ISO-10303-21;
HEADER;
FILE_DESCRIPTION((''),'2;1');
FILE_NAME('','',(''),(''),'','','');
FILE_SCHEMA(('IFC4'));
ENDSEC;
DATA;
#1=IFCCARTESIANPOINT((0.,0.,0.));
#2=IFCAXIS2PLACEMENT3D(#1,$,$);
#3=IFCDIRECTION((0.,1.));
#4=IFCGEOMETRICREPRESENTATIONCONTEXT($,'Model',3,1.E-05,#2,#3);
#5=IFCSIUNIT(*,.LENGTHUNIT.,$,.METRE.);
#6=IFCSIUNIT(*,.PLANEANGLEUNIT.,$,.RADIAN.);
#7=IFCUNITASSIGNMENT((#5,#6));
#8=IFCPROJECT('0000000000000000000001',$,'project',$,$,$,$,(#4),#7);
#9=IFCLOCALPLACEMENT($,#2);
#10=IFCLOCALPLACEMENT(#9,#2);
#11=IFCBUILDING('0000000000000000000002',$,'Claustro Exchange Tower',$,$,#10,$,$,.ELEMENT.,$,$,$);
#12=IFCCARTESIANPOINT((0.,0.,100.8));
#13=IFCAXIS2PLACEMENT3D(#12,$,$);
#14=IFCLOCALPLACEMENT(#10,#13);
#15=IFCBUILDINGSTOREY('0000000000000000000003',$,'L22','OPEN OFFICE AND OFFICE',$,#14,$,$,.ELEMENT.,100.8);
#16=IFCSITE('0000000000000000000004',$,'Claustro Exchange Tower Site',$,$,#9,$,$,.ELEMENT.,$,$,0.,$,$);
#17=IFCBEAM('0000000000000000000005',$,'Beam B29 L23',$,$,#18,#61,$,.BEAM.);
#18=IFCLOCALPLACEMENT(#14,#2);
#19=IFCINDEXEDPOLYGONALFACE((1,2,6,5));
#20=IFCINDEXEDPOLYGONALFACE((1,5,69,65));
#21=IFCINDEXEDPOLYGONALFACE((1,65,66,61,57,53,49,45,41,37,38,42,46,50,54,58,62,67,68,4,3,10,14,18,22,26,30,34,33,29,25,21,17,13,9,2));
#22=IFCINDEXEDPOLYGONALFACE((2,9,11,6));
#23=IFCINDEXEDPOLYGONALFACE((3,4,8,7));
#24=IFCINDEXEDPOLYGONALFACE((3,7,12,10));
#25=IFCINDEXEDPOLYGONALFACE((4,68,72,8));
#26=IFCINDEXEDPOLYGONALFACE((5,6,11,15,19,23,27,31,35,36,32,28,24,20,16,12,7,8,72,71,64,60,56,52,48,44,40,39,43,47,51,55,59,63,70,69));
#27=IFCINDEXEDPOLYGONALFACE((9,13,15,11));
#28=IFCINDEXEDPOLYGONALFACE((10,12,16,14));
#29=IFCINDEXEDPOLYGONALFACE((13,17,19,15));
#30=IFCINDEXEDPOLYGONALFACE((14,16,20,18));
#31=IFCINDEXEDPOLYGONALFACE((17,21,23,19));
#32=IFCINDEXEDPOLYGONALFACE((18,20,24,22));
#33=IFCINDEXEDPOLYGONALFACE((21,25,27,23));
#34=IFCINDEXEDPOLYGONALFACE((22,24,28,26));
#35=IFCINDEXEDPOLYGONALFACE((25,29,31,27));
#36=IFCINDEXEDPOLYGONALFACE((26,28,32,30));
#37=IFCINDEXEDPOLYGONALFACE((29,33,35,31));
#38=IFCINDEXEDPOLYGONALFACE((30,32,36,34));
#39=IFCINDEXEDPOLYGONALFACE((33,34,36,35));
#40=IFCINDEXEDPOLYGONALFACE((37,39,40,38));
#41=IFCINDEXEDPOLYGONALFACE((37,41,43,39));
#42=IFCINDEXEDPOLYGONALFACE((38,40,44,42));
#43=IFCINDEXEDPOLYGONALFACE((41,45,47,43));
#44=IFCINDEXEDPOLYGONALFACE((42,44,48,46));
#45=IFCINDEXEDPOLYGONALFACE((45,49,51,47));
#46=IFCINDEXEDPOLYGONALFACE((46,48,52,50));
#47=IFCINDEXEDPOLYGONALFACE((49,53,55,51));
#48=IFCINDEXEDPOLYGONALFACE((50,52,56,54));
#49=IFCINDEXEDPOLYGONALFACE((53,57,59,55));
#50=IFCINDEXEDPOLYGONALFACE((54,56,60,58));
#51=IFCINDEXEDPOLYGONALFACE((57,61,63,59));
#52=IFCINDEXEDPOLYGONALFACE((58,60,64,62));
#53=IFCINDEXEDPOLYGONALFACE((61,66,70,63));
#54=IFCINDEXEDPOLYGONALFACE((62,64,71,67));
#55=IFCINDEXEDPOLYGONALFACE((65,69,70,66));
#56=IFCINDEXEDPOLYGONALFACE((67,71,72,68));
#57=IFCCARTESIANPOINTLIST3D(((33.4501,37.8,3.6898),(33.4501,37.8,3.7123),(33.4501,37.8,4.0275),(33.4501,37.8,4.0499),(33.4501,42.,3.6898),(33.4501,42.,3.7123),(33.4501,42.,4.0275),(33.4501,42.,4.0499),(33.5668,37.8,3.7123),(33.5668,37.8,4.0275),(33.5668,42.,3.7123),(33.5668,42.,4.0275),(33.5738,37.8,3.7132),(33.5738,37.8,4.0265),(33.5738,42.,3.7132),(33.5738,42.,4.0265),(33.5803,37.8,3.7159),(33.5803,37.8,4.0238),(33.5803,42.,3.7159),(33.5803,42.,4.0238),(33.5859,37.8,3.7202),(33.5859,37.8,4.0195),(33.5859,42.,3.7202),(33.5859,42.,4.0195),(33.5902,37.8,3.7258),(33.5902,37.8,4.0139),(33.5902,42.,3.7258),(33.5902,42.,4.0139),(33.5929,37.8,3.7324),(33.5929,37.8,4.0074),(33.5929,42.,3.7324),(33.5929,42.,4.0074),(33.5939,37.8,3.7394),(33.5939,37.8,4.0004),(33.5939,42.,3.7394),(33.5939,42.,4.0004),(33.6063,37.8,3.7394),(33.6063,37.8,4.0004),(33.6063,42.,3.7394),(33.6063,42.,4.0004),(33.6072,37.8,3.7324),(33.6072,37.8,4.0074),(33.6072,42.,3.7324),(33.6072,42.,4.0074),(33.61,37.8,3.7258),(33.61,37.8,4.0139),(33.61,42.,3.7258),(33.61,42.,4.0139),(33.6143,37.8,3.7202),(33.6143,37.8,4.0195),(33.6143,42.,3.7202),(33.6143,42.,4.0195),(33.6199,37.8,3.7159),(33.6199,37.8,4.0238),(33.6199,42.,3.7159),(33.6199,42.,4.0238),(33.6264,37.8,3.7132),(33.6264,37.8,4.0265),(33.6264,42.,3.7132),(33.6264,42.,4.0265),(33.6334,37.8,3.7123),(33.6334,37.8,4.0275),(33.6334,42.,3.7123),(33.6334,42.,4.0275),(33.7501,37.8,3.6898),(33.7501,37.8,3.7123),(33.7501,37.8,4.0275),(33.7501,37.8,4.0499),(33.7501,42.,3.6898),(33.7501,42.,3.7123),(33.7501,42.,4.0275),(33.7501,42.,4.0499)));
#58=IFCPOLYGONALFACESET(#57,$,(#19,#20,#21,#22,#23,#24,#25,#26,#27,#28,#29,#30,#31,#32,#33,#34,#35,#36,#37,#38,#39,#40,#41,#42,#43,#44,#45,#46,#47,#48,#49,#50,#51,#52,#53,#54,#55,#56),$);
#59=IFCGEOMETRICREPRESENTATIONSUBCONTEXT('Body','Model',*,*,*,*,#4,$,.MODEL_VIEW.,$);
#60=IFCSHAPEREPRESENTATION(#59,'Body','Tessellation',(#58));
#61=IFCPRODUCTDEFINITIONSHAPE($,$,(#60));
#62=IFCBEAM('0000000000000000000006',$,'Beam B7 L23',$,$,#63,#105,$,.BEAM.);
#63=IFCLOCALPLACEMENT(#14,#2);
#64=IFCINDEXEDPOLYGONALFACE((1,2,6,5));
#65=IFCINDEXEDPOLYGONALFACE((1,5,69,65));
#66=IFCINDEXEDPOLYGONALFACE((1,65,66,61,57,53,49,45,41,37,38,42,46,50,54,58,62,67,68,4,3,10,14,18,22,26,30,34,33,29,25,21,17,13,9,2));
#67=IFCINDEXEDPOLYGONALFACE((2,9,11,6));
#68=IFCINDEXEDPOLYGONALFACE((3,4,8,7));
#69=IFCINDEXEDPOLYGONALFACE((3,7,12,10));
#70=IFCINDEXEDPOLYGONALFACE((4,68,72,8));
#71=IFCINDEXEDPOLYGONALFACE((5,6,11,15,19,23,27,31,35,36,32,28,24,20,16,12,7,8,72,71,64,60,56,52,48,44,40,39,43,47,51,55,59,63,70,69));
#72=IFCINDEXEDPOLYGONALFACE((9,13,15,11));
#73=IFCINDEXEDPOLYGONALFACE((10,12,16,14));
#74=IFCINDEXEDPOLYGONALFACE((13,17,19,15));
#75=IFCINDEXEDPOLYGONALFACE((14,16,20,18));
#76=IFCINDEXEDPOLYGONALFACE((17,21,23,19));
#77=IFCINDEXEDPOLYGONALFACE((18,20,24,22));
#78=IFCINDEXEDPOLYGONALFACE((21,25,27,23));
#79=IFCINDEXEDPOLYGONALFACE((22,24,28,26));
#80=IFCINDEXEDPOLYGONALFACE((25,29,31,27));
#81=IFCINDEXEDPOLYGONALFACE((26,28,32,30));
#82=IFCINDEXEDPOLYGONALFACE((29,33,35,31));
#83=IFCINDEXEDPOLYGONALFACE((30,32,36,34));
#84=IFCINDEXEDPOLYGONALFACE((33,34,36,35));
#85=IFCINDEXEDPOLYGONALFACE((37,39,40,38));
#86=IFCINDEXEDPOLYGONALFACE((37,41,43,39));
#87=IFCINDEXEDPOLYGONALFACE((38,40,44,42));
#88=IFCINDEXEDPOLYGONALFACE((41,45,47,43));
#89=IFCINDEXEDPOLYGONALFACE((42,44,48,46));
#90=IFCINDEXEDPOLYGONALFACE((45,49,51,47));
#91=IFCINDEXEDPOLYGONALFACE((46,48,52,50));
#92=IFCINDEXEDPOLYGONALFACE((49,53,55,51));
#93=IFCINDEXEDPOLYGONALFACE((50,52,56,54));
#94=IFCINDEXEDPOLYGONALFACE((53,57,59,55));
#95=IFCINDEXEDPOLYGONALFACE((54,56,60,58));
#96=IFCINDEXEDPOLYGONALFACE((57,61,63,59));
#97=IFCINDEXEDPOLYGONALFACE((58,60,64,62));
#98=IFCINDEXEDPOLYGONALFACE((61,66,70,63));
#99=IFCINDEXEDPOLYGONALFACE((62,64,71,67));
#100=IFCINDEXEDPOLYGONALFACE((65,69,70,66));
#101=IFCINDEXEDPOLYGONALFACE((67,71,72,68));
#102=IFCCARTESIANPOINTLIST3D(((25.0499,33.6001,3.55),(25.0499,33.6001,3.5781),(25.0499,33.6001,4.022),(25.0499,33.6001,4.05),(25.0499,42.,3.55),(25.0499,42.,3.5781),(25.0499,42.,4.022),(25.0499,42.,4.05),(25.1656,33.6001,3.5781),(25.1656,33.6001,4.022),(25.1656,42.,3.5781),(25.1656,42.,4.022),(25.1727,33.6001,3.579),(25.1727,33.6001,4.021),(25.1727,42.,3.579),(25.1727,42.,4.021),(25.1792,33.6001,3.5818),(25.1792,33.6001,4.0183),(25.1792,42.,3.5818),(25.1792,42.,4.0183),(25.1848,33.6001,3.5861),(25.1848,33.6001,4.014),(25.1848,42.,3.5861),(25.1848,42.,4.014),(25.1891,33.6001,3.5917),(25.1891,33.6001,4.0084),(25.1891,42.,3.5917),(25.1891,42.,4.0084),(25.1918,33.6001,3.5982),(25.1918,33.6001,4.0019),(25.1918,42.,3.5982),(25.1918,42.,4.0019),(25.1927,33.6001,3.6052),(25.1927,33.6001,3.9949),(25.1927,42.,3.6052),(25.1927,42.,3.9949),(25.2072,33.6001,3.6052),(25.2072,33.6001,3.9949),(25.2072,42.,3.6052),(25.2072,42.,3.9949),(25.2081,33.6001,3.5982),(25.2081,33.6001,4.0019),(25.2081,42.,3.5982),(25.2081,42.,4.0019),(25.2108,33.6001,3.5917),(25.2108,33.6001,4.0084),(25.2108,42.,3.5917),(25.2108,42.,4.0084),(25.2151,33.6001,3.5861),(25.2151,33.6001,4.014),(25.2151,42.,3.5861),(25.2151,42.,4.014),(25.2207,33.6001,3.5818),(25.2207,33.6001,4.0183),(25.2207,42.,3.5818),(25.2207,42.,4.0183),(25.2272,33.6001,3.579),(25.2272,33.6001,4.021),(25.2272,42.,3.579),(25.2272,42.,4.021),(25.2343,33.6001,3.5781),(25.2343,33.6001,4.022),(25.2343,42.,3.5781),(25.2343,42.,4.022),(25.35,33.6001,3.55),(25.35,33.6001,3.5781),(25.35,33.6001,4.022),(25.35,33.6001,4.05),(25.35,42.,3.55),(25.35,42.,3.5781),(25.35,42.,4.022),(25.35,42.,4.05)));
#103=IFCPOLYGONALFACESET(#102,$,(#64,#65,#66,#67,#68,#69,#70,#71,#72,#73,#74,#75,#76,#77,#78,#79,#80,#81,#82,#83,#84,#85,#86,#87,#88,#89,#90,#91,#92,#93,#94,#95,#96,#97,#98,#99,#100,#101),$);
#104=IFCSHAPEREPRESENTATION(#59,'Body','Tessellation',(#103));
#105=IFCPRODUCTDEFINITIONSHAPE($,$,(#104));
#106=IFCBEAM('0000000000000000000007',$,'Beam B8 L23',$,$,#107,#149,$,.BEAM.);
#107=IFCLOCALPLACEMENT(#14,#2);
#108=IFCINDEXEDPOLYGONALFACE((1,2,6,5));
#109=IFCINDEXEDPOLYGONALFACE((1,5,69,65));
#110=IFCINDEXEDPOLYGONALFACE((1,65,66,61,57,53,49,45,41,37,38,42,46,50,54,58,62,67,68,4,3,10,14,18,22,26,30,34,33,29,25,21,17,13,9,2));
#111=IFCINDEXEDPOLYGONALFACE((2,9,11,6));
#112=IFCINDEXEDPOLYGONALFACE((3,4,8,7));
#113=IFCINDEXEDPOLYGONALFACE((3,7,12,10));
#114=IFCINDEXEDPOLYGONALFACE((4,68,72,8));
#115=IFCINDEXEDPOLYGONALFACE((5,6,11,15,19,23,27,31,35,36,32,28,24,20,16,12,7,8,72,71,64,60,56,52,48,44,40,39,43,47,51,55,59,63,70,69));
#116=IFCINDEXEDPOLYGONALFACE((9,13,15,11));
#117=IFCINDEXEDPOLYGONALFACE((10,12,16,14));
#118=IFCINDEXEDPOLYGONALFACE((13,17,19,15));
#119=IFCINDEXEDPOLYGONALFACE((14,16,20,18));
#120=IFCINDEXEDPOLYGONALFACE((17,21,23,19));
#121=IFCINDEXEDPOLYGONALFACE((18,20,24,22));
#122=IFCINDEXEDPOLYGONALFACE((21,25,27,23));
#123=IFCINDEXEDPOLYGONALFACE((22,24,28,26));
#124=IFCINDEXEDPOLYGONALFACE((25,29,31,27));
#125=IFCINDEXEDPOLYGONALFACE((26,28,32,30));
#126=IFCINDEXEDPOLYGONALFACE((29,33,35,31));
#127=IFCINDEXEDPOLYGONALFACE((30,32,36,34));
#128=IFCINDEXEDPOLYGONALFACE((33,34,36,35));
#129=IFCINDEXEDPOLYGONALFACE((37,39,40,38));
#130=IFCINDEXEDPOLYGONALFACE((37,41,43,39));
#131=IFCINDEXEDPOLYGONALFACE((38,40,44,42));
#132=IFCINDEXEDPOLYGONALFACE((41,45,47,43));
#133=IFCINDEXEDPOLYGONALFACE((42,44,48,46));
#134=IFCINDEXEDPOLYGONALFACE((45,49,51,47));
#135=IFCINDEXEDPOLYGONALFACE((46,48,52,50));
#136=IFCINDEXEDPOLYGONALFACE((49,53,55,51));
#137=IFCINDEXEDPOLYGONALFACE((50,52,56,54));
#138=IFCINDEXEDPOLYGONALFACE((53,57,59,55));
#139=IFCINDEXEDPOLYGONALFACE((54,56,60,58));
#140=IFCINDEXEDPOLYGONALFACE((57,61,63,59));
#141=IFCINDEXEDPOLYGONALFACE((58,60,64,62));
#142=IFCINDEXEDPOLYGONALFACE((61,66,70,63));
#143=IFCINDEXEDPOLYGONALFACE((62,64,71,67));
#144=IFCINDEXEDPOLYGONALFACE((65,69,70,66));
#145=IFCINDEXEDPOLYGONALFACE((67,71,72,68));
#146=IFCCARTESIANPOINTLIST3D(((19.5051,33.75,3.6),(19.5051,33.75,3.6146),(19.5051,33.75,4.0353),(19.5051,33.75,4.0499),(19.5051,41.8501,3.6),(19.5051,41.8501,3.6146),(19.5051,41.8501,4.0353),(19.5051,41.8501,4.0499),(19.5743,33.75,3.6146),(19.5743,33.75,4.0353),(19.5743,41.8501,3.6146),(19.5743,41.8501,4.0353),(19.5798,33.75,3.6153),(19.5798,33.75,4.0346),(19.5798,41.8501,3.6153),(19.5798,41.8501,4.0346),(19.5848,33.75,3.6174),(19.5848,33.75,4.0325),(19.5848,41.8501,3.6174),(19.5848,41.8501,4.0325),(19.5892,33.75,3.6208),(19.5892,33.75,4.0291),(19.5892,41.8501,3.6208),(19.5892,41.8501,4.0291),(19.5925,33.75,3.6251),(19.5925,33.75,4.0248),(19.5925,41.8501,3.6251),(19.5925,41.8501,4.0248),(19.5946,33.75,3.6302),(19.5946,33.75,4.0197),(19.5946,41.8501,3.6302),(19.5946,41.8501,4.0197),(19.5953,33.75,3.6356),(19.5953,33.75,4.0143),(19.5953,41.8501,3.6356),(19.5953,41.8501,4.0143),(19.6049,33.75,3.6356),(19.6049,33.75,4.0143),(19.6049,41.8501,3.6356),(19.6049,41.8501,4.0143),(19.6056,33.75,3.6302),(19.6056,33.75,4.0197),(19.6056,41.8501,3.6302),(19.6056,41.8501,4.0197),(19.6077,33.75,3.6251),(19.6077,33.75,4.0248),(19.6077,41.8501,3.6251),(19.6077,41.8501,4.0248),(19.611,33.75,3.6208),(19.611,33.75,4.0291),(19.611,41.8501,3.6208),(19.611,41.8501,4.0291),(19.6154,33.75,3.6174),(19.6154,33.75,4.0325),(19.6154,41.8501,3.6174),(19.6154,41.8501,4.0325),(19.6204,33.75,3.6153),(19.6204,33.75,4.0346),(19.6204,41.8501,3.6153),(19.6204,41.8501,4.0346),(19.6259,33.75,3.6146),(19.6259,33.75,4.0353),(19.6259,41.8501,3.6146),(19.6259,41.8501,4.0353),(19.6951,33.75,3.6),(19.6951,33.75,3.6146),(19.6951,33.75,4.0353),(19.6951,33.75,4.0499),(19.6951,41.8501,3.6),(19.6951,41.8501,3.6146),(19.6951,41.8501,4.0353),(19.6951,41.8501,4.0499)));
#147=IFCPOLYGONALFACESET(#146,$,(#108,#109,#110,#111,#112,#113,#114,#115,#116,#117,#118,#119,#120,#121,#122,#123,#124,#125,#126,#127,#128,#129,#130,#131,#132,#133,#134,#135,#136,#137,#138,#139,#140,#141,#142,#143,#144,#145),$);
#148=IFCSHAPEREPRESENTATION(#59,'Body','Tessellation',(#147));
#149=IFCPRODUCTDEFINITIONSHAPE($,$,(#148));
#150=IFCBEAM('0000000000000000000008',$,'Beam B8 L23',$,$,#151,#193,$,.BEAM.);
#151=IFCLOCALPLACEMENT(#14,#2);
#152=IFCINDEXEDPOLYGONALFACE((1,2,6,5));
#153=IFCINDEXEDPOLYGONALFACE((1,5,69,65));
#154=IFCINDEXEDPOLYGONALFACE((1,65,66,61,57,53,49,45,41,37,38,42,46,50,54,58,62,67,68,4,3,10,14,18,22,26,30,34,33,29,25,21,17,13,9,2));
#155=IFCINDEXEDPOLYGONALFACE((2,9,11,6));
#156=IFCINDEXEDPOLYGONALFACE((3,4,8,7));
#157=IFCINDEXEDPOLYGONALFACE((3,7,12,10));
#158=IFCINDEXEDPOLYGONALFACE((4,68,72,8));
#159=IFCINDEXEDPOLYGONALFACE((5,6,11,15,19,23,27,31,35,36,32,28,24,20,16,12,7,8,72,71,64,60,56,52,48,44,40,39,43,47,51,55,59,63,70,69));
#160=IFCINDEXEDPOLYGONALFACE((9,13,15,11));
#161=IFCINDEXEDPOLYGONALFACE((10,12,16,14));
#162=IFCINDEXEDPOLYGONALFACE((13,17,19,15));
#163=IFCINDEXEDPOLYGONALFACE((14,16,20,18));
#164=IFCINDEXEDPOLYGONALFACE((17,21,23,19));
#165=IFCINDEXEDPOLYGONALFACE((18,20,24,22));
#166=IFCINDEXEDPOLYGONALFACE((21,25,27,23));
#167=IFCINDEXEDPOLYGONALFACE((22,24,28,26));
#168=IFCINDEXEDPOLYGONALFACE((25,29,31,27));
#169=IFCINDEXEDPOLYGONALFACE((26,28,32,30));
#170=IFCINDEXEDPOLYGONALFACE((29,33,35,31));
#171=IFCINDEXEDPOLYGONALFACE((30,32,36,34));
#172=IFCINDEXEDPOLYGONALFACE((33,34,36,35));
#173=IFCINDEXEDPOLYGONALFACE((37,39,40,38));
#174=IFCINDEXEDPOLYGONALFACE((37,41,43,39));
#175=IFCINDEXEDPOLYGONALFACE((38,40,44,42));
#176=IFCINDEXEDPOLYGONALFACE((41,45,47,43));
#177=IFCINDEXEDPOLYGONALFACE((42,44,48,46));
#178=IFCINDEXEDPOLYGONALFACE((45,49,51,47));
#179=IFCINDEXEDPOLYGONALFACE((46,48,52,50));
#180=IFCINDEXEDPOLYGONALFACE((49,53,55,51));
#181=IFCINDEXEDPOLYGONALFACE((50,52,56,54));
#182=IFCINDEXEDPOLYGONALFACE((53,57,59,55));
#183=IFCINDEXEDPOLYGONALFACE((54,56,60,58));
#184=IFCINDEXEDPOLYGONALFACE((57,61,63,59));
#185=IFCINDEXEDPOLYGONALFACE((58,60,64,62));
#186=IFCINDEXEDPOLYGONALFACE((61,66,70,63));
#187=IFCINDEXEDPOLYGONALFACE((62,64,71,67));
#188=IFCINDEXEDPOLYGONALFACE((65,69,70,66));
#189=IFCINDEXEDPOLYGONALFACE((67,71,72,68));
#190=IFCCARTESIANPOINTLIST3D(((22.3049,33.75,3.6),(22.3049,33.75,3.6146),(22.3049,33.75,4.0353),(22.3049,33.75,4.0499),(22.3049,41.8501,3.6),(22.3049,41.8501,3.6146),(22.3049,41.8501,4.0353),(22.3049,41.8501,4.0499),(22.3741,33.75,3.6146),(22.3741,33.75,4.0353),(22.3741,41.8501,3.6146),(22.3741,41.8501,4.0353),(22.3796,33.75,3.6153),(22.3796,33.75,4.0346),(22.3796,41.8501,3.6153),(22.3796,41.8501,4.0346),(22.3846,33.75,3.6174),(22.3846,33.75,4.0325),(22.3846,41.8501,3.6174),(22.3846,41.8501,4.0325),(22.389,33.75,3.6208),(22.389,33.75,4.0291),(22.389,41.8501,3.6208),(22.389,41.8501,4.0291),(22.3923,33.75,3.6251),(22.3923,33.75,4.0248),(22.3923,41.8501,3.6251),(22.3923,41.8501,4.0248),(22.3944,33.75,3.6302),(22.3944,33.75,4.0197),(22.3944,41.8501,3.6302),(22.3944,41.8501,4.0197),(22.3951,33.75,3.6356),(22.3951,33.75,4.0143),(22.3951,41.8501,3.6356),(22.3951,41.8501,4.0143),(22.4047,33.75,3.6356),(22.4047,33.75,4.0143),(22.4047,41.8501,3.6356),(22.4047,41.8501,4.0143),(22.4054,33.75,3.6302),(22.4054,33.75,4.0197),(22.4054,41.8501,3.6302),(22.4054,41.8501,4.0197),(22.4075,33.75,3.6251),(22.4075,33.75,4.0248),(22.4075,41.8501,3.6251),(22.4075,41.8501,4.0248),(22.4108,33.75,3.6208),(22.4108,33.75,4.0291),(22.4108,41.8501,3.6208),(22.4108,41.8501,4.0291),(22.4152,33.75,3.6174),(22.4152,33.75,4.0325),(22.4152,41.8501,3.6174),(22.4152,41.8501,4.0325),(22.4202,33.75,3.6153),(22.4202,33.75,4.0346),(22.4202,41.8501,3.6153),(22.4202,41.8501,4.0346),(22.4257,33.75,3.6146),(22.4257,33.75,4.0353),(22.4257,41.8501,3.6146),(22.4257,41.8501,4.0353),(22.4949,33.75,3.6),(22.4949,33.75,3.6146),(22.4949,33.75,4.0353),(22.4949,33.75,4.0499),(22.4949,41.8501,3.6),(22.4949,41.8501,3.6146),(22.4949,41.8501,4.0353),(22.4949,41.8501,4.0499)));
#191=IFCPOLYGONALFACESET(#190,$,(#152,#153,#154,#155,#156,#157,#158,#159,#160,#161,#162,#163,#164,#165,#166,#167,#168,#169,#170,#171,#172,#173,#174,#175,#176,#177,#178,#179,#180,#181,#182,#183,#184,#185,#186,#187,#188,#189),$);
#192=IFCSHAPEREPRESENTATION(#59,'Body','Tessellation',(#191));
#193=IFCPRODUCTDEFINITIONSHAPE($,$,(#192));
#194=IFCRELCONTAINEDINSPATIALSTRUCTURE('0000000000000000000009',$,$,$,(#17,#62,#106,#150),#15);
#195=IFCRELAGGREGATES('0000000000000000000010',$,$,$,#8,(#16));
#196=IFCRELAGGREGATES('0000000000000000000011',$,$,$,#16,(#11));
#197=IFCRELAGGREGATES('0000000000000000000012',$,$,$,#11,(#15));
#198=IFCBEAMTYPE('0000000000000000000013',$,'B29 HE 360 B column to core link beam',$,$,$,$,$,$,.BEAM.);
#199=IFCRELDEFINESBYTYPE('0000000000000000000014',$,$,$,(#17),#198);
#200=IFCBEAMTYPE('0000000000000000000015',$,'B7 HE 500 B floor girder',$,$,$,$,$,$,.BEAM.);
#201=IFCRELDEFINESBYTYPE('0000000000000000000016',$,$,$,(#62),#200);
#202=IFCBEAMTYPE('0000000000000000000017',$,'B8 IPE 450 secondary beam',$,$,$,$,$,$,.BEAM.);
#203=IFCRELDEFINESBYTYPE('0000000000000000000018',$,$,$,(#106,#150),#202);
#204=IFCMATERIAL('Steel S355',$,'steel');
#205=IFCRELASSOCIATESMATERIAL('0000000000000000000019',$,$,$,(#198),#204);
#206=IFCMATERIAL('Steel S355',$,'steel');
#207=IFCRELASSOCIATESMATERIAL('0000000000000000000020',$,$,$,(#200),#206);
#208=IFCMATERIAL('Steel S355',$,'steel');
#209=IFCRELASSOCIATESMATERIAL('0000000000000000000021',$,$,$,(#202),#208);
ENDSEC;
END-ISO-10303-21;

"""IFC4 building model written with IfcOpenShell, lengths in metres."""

from ifc_helpers import new_model, si_unit, direction, frame, origin, origin_2d, place, context, subcontext, project, spatial, i_section, extrude, material, material_profile, profile_set, type_object, element, save


model = new_model("IFC4")

# Units and contexts
model_context = context("Model", 3, precision=1e-05, world=origin(), true_north=direction((0.0, 1.0)))
body_context = subcontext(model_context, "Body", "Model", "MODEL_VIEW")
ifc_project = project(units=[si_unit("LENGTHUNIT", "METRE"), si_unit("PLANEANGLEUNIT", "RADIAN")], contexts=[model_context])

# Site, building, storey
site_placement = place(None, origin())
site = spatial("IfcSite", under=ifc_project, at=site_placement, Name="Claustro Exchange Tower Site", CompositionType="ELEMENT", RefElevation=0.0)
building_placement = place(site_placement, origin())
building = spatial("IfcBuilding", under=site, at=building_placement, Name="Claustro Exchange Tower", CompositionType="ELEMENT")
storey_placement = place(building_placement, frame((0.0, 0.0, 100.8)))
storey = spatial("IfcBuildingStorey", under=building, at=storey_placement, Name="L22", Description="OPEN OFFICE AND OFFICE", CompositionType="ELEMENT", Elevation=100.8)

# Beams
ifc_material_1 = material(Name="Steel S355", Category="steel")
ifc_material_profile_1 = material_profile(ifc_material_1, i_section(OverallWidth=0.3, OverallDepth=0.3601, WebThickness=0.0125, FlangeThickness=0.0225, FilletRadius=0.0271, at=origin_2d()), Name="HE 360 B")
ifc_profile_set_1 = profile_set([ifc_material_profile_1], Name="Steel S355")
beam_type_1 = type_object("IfcBeamType", Name="B29 HE 360 B column to core link beam", PredefinedType="BEAM", material=ifc_profile_set_1)
beam_1_placement = place(storey_placement, frame((33.6001, 37.8, 3.8699), z_axis=(0.0, 1.0, 0.0), x_axis=(-1.0, 0.0, 0.0)))
element("IfcBeam", 1, at=beam_1_placement, inside=storey, type_object=beam_type_1, Name="Beam B29 L23", PredefinedType="BEAM", context=body_context, shape_type="SweptSolid", body=[
    extrude(i_section(OverallWidth=0.3, OverallDepth=0.3601, WebThickness=0.0125, FlangeThickness=0.0225, FilletRadius=0.0271, at=origin_2d()), origin(), (0.0, 0.0, 1.0), 4.2),
])
ifc_material_2 = material(Name="Steel S355", Category="steel")
ifc_material_profile_2 = material_profile(ifc_material_2, i_section(OverallWidth=0.3, OverallDepth=0.5, WebThickness=0.0144, FlangeThickness=0.0281, FilletRadius=0.0271, at=origin_2d()), Name="HE 500 B")
ifc_profile_set_2 = profile_set([ifc_material_profile_2], Name="Steel S355")
beam_type_2 = type_object("IfcBeamType", Name="B7 HE 500 B floor girder", PredefinedType="BEAM", material=ifc_profile_set_2)
beam_2_placement = place(storey_placement, frame((25.2, 33.6001, 3.8), z_axis=(0.0, 1.0, 0.0), x_axis=(-1.0, 0.0, 0.0)))
element("IfcBeam", 2, at=beam_2_placement, inside=storey, type_object=beam_type_2, Name="Beam B7 L23", PredefinedType="BEAM", context=body_context, shape_type="SweptSolid", body=[
    extrude(i_section(OverallWidth=0.3, OverallDepth=0.5, WebThickness=0.0144, FlangeThickness=0.0281, FilletRadius=0.0271, at=origin_2d()), origin(), (0.0, 0.0, 1.0), 8.3999),
])
ifc_material_3 = material(Name="Steel S355", Category="steel")
ifc_material_profile_3 = material_profile(ifc_material_3, i_section(OverallWidth=0.1899, OverallDepth=0.45, WebThickness=0.0095, FlangeThickness=0.0146, FilletRadius=0.021, at=origin_2d()), Name="IPE 450")
ifc_profile_set_3 = profile_set([ifc_material_profile_3], Name="Steel S355")
beam_type_3 = type_object("IfcBeamType", Name="B8 IPE 450 secondary beam", PredefinedType="BEAM", material=ifc_profile_set_3)
for number, where, z_axis, x_axis, name in (
    (3, (19.6001, 33.75, 3.825), (0.0, 1.0, 0.0), (-1.0, 0.0, 0.0), "Beam B8 L23"),
    (4, (22.3999, 33.75, 3.825), (0.0, 1.0, 0.0), (-1.0, 0.0, 0.0), "Beam B8 L23"),
):
    element("IfcBeam", number, at=place(storey_placement, frame(where, z_axis=z_axis, x_axis=x_axis)), inside=storey, type_object=beam_type_3, Name=name, PredefinedType="BEAM", context=body_context, shape_type="SweptSolid", body=[
        extrude(i_section(OverallWidth=0.1899, OverallDepth=0.45, WebThickness=0.0095, FlangeThickness=0.0146, FilletRadius=0.021, at=origin_2d()), origin(), (0.0, 0.0, 1.0), 8.1001),
    ])

save(model, "model.ifc")
